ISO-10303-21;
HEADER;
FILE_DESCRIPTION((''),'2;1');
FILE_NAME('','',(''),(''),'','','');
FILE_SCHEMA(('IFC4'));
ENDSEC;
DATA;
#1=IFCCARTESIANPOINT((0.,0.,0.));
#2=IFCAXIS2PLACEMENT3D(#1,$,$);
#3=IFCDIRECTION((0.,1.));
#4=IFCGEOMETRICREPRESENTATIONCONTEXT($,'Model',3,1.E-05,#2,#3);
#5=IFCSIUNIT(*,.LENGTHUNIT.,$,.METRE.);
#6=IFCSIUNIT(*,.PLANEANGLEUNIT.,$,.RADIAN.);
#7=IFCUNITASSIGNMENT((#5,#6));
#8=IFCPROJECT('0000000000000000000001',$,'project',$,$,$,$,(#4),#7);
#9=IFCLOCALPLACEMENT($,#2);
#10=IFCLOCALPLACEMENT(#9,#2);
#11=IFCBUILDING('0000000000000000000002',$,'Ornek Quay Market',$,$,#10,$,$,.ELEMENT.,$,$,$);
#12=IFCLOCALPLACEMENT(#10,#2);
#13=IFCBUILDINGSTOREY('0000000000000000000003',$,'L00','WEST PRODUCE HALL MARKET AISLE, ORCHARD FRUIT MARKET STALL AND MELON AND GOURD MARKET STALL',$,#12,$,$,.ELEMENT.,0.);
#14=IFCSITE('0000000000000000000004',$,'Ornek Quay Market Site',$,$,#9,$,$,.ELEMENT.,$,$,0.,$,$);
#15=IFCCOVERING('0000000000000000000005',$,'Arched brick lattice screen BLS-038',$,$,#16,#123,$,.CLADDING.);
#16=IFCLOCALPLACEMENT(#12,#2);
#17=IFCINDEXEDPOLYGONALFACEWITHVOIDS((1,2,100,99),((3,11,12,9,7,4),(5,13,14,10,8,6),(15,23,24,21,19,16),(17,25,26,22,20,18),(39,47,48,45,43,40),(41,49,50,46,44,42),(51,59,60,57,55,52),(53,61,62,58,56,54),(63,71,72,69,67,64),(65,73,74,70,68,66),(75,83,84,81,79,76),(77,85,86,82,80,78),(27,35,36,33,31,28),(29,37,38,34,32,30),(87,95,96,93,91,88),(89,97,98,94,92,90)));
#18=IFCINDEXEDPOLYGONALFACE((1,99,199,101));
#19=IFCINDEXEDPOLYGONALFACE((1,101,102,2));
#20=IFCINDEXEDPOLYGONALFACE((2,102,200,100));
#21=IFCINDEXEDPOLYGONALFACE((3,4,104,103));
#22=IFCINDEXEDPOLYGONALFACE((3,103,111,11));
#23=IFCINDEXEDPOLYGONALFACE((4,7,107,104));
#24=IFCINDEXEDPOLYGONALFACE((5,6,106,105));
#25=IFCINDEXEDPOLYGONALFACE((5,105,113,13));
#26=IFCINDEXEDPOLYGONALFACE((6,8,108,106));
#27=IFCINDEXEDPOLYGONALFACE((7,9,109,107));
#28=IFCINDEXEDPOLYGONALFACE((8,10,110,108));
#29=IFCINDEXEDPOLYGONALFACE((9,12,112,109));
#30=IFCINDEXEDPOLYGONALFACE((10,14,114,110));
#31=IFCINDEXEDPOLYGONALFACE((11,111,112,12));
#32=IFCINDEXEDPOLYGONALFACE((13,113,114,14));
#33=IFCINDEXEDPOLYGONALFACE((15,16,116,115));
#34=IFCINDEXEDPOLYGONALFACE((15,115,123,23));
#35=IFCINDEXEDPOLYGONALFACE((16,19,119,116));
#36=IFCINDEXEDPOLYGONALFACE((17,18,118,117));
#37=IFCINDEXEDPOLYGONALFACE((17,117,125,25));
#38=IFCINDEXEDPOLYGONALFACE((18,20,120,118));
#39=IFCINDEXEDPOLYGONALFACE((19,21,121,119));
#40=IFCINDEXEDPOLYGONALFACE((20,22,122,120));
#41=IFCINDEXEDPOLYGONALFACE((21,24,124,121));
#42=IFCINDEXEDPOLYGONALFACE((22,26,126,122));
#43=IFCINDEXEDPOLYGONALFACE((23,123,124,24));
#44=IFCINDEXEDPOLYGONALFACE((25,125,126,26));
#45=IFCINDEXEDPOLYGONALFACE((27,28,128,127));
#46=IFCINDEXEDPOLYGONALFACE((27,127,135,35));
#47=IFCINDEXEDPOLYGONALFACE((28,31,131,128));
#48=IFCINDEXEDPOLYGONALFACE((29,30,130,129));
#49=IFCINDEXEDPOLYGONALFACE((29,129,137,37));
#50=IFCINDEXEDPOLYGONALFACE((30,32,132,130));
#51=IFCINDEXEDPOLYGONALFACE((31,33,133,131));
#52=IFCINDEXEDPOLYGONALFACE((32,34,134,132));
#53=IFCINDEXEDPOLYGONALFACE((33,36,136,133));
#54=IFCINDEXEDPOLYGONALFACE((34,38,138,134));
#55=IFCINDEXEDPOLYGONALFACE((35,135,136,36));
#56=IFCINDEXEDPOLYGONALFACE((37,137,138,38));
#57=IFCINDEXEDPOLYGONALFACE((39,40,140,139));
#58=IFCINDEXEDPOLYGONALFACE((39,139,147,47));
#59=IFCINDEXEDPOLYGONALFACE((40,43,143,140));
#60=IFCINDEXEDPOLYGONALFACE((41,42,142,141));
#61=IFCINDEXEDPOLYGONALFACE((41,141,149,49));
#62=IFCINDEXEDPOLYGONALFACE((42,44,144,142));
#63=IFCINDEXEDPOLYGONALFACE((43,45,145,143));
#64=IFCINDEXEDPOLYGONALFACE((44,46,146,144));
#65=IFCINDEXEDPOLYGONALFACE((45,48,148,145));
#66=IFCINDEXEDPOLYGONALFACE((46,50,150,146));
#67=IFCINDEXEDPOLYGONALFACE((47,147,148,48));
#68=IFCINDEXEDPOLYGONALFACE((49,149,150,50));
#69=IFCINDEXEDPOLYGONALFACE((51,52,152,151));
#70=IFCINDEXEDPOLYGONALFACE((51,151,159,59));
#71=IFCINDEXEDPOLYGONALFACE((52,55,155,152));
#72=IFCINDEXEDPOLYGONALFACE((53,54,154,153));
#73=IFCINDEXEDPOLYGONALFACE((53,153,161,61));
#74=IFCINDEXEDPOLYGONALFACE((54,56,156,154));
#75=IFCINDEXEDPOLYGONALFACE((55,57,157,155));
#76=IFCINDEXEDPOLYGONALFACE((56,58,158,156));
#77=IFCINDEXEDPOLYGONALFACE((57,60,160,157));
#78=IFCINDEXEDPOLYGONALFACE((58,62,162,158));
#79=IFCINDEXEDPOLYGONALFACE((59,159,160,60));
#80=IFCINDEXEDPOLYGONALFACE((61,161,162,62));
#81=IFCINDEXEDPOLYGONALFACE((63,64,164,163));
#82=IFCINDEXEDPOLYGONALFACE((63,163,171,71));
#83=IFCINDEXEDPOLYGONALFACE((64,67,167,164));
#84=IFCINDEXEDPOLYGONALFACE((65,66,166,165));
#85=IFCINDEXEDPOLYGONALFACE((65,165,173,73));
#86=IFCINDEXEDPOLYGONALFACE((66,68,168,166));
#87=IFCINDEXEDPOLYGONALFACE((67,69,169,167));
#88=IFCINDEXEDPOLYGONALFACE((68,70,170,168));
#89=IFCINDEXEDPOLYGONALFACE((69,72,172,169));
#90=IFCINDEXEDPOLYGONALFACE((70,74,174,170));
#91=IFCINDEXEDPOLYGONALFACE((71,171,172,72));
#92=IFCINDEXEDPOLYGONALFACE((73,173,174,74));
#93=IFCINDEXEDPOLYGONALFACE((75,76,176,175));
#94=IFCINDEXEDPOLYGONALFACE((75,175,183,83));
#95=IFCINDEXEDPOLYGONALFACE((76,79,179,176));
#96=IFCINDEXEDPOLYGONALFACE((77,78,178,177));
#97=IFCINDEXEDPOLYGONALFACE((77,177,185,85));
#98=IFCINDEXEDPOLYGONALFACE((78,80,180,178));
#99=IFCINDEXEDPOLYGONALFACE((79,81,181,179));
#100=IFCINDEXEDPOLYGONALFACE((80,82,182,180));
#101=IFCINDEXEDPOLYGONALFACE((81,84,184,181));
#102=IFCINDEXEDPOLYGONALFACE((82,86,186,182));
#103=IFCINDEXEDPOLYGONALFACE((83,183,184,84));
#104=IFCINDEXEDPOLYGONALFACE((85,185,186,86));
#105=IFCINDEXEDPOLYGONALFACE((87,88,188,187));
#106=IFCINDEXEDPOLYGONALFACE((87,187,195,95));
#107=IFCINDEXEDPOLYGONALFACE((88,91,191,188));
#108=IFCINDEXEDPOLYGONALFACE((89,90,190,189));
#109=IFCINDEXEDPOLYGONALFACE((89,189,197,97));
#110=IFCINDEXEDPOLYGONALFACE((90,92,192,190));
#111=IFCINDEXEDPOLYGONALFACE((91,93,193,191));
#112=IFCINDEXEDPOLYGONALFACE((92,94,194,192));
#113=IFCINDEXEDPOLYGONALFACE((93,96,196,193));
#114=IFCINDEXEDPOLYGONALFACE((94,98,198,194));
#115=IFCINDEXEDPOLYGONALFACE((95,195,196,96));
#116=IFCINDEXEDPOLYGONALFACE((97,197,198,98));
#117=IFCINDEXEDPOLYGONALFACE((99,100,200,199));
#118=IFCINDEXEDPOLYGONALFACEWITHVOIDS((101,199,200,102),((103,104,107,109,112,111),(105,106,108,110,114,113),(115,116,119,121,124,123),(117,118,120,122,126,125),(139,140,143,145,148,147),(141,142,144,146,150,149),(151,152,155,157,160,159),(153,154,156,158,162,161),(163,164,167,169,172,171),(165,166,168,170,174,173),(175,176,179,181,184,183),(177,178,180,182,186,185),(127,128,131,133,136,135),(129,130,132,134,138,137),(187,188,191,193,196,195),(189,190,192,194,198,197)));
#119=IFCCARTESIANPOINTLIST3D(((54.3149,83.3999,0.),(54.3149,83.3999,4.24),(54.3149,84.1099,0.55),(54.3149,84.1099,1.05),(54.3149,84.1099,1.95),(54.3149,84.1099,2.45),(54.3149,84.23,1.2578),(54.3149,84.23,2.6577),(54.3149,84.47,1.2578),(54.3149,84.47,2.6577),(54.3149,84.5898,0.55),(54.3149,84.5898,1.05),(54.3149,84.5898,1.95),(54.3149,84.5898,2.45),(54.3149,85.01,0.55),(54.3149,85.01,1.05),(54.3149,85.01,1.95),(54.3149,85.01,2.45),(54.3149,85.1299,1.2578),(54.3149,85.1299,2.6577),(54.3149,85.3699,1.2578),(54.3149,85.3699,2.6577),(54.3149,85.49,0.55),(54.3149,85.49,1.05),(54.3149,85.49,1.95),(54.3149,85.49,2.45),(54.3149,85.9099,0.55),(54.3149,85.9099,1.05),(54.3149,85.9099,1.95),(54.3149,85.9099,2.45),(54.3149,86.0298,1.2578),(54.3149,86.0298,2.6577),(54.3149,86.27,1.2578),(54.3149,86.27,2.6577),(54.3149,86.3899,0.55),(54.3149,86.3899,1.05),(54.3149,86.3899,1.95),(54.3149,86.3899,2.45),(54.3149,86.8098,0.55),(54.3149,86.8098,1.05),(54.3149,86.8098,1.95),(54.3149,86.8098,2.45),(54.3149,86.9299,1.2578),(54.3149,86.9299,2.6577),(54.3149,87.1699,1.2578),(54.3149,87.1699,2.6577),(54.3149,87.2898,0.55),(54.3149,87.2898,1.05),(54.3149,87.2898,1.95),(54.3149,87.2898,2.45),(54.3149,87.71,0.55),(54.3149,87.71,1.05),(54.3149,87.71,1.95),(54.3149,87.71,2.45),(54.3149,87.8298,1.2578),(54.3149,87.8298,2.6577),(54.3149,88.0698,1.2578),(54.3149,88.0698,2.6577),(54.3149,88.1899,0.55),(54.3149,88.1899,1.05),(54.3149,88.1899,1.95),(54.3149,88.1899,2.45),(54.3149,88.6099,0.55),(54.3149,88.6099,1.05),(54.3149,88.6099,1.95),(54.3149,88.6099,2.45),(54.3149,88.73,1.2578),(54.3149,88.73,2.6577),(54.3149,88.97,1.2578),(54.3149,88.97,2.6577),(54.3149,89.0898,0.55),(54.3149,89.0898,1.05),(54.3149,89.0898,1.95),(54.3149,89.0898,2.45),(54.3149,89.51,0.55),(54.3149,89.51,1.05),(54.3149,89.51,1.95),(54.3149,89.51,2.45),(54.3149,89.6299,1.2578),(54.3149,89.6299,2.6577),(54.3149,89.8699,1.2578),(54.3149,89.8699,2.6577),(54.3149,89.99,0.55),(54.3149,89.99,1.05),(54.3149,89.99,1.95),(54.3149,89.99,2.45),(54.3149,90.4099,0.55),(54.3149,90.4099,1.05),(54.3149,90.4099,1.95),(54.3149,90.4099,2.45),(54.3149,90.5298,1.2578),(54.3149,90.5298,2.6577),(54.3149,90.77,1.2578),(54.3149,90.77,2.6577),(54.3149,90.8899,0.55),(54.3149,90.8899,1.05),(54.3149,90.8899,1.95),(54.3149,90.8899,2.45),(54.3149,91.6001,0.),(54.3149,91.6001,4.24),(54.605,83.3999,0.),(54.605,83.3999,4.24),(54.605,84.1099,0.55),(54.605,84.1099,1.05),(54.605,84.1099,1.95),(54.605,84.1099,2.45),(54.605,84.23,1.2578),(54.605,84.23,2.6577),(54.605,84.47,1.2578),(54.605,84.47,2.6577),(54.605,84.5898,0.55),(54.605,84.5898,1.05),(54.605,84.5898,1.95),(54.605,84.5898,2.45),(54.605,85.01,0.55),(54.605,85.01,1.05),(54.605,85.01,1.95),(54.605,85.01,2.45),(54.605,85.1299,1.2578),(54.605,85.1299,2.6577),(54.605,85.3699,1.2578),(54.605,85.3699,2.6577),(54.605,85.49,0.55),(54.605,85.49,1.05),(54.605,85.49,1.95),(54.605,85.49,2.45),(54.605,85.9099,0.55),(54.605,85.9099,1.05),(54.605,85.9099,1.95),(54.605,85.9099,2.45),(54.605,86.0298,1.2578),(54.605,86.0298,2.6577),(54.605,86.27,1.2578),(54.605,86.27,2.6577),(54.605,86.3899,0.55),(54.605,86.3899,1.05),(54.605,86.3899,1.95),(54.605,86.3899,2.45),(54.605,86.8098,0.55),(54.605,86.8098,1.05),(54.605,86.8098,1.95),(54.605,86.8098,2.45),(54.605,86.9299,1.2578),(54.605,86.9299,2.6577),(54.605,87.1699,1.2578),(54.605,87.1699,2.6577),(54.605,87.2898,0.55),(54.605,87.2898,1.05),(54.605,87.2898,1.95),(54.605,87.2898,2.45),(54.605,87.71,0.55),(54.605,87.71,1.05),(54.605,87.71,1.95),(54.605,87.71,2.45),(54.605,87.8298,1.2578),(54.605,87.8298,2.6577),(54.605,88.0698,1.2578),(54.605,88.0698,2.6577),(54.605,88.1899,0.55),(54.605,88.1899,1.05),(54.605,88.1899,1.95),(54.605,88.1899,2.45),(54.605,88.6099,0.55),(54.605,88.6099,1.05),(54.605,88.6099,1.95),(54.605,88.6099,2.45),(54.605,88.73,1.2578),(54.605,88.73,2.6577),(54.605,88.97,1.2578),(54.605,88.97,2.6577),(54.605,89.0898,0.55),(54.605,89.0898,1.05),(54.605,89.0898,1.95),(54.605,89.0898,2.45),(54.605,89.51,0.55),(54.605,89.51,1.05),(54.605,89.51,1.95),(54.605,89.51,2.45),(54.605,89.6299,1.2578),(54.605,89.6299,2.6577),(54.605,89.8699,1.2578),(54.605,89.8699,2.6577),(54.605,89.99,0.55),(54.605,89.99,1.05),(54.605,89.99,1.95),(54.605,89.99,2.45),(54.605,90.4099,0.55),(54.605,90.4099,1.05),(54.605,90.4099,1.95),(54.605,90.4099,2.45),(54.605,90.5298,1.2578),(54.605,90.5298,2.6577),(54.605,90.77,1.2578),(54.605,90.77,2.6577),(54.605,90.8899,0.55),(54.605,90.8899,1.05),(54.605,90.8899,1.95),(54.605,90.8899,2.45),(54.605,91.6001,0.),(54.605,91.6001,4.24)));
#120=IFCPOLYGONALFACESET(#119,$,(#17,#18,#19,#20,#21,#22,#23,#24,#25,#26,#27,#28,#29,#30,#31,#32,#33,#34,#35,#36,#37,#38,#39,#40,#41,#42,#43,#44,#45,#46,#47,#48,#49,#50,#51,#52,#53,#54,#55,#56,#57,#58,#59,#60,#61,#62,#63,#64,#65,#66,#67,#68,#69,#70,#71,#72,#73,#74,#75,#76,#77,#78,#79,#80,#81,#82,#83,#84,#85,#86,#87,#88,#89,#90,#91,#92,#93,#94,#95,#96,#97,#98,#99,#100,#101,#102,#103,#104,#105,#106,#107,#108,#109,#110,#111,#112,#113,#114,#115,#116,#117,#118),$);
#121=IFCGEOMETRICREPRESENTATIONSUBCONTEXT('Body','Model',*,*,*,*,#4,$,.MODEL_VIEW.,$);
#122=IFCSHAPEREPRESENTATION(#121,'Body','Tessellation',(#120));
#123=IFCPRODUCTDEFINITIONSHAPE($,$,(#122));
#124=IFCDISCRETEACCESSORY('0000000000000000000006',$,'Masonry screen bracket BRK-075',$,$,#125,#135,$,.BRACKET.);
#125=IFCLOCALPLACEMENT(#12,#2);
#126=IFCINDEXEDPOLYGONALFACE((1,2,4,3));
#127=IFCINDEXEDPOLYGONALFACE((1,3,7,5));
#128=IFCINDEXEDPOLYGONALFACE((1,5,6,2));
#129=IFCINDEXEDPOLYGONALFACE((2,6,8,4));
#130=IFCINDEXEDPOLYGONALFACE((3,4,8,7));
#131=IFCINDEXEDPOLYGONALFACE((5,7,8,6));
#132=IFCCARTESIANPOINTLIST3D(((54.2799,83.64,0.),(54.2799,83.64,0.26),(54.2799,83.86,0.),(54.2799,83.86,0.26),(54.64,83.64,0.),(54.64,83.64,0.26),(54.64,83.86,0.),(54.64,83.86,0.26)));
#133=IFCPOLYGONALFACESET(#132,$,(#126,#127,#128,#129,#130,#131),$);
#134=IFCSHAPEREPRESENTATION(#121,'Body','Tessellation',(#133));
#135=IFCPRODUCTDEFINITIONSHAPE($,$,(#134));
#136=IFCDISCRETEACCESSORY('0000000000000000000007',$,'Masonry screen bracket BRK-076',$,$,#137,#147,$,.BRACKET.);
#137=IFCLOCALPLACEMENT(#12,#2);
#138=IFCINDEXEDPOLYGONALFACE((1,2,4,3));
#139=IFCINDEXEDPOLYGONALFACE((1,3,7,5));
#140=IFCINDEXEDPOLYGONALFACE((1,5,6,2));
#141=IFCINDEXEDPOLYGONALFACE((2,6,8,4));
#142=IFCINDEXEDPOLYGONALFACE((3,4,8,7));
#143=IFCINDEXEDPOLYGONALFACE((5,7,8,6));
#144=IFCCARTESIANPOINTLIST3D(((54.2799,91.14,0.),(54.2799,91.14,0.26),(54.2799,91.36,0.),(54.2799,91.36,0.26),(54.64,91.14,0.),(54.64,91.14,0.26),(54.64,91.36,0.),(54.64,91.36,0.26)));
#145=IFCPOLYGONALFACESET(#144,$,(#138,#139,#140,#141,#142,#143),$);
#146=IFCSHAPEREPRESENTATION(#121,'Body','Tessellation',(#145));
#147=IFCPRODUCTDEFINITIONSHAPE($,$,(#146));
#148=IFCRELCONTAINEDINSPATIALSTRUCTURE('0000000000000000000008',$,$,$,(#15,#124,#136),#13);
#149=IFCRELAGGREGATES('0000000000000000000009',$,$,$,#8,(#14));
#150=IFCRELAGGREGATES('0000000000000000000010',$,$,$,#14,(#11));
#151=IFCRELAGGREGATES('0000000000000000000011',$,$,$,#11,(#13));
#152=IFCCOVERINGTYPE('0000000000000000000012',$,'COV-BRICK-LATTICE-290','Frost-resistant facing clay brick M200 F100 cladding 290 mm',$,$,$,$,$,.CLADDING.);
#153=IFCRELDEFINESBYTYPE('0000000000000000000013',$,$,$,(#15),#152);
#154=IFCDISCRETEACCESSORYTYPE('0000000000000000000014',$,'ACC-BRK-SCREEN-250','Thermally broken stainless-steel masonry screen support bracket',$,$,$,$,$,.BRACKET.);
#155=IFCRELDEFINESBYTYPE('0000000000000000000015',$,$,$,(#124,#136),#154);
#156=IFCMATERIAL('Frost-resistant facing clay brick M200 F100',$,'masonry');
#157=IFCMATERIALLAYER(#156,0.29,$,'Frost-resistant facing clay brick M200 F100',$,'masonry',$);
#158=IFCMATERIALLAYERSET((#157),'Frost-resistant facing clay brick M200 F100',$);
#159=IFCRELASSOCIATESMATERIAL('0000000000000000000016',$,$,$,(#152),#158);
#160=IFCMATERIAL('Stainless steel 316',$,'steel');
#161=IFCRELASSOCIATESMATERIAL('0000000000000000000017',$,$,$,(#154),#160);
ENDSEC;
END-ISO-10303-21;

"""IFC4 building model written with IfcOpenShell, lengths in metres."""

from ifc_helpers import new_model, si_unit, direction, frame, origin, origin_2d, place, context, subcontext, project, spatial, polyline, rectangle, outline, extrude, material, layer, layer_set, type_object, element, save


model = new_model("IFC4")

# Units and contexts
model_context = context("Model", 3, precision=1e-05, world=origin(), true_north=direction((0.0, 1.0)))
body_context = subcontext(model_context, "Body", "Model", "MODEL_VIEW")
ifc_project = project(units=[si_unit("LENGTHUNIT", "METRE"), si_unit("PLANEANGLEUNIT", "RADIAN")], contexts=[model_context])

# Site, building, storey
site_placement = place(None, origin())
site = spatial("IfcSite", under=ifc_project, at=site_placement, Name="Ornek Quay Market Site", CompositionType="ELEMENT", RefElevation=0.0)
building_placement = place(site_placement, origin())
building = spatial("IfcBuilding", under=site, at=building_placement, Name="Ornek Quay Market", CompositionType="ELEMENT")
storey_placement = place(building_placement, origin())
storey = spatial("IfcBuildingStorey", under=building, at=storey_placement, Name="L00", Description="WEST PRODUCE HALL MARKET AISLE, ORCHARD FRUIT MARKET STALL AND MELON AND GOURD MARKET STALL", CompositionType="ELEMENT", Elevation=0.0)

# Shared definitions
ifc_material_1 = material(Name="Frost-resistant facing clay brick M200 F100", Category="masonry")

# Covering
ifc_layer_1 = layer(ifc_material_1, 0.29, Name="Frost-resistant facing clay brick M200 F100", Category="masonry")
ifc_layer_set_1 = layer_set([ifc_layer_1], Name="Frost-resistant facing clay brick M200 F100")
covering_type = type_object("IfcCoveringType", Name="COV-BRICK-LATTICE-290", Description="Frost-resistant facing clay brick M200 F100 cladding 290 mm", PredefinedType="CLADDING", material=ifc_layer_set_1)
covering_placement = place(storey_placement, frame((54.46, 83.3999, 0.0), z_axis=(0.0, 0.0, 1.0), x_axis=(0.0, 1.0, 0.0)))
element("IfcCovering", 1, at=covering_placement, inside=storey, type_object=covering_type, Name="Arched brick lattice screen BLS-038", PredefinedType="CLADDING", context=body_context, shape_type="SweptSolid", body=[
    extrude(outline(polyline([(0.0, 0.0), (8.2002, 0.0), (8.2002, 4.24), (0.0, 4.24), (0.0, 0.0)]), holes=[polyline([(0.71, 0.55), (1.1899, 0.55), (1.1899, 1.05), (1.0701, 1.2578), (0.8301, 1.2578), (0.71, 1.05), (0.71, 0.55)]), polyline([(0.71, 1.95), (1.1899, 1.95), (1.1899, 2.45), (1.0701, 2.6577), (0.8301, 2.6577), (0.71, 2.45), (0.71, 1.95)]), polyline([(1.6101, 0.55), (2.0901, 0.55), (2.0901, 1.05), (1.97, 1.2578), (1.73, 1.2578), (1.6101, 1.05), (1.6101, 0.55)]), polyline([(1.6101, 1.95), (2.0901, 1.95), (2.0901, 2.45), (1.97, 2.6577), (1.73, 2.6577), (1.6101, 2.45), (1.6101, 1.95)]), polyline([(2.51, 0.55), (2.99, 0.55), (2.99, 1.05), (2.8701, 1.2578), (2.6299, 1.2578), (2.51, 1.05), (2.51, 0.55)]), polyline([(2.51, 1.95), (2.99, 1.95), (2.99, 2.45), (2.8701, 2.6577), (2.6299, 2.6577), (2.51, 2.45), (2.51, 1.95)]), polyline([(3.4099, 0.55), (3.8899, 0.55), (3.8899, 1.05), (3.77, 1.2578), (3.53, 1.2578), (3.4099, 1.05), (3.4099, 0.55)]), polyline([(3.4099, 1.95), (3.8899, 1.95), (3.8899, 2.45), (3.77, 2.6577), (3.53, 2.6577), (3.4099, 2.45), (3.4099, 1.95)]), polyline([(4.3101, 0.55), (4.79, 0.55), (4.79, 1.05), (4.6699, 1.2578), (4.4299, 1.2578), (4.3101, 1.05), (4.3101, 0.55)]), polyline([(4.3101, 1.95), (4.79, 1.95), (4.79, 2.45), (4.6699, 2.6577), (4.4299, 2.6577), (4.3101, 2.45), (4.3101, 1.95)]), polyline([(5.21, 0.55), (5.6899, 0.55), (5.6899, 1.05), (5.5701, 1.2578), (5.3301, 1.2578), (5.21, 1.05), (5.21, 0.55)]), polyline([(5.21, 1.95), (5.6899, 1.95), (5.6899, 2.45), (5.5701, 2.6577), (5.3301, 2.6577), (5.21, 2.45), (5.21, 1.95)]), polyline([(6.1101, 0.55), (6.5901, 0.55), (6.5901, 1.05), (6.47, 1.2578), (6.23, 1.2578), (6.1101, 1.05), (6.1101, 0.55)]), polyline([(6.1101, 1.95), (6.5901, 1.95), (6.5901, 2.45), (6.47, 2.6577), (6.23, 2.6577), (6.1101, 2.45), (6.1101, 1.95)]), polyline([(7.01, 0.55), (7.49, 0.55), (7.49, 1.05), (7.3701, 1.2578), (7.1299, 1.2578), (7.01, 1.05), (7.01, 0.55)]), polyline([(7.01, 1.95), (7.49, 1.95), (7.49, 2.45), (7.3701, 2.6577), (7.1299, 2.6577), (7.01, 2.45), (7.01, 1.95)])]), frame((0.0, 0.145, 0.0), z_axis=(0.0, -1.0, 0.0), x_axis=(1.0, 0.0, 0.0)), (0.0, 0.0, 1.0), 0.29),
])

# Discrete accessories
ifc_material_2 = material(Name="Stainless steel 316", Category="steel")
discrete_accessory_type = type_object("IfcDiscreteAccessoryType", Name="ACC-BRK-SCREEN-250", Description="Thermally broken stainless-steel masonry screen support bracket", PredefinedType="BRACKET", material=ifc_material_2)
for number, where, z_axis, x_axis, name in (
    (2, (54.46, 83.75, 0.0), (0.0, 0.0, 1.0), (0.0, 1.0, 0.0), "Masonry screen bracket BRK-075"),
    (3, (54.46, 91.25, 0.0), (0.0, 0.0, 1.0), (0.0, 1.0, 0.0), "Masonry screen bracket BRK-076"),
):
    element("IfcDiscreteAccessory", number, at=place(storey_placement, frame(where, z_axis=z_axis, x_axis=x_axis)), inside=storey, type_object=discrete_accessory_type, Name=name, PredefinedType="BRACKET", context=body_context, shape_type="SweptSolid", body=[
        extrude(rectangle(XDim=0.22, YDim=0.3601, at=origin_2d()), origin(), (0.0, 0.0, 1.0), 0.26),
    ])

save(model, "model.ifc")
